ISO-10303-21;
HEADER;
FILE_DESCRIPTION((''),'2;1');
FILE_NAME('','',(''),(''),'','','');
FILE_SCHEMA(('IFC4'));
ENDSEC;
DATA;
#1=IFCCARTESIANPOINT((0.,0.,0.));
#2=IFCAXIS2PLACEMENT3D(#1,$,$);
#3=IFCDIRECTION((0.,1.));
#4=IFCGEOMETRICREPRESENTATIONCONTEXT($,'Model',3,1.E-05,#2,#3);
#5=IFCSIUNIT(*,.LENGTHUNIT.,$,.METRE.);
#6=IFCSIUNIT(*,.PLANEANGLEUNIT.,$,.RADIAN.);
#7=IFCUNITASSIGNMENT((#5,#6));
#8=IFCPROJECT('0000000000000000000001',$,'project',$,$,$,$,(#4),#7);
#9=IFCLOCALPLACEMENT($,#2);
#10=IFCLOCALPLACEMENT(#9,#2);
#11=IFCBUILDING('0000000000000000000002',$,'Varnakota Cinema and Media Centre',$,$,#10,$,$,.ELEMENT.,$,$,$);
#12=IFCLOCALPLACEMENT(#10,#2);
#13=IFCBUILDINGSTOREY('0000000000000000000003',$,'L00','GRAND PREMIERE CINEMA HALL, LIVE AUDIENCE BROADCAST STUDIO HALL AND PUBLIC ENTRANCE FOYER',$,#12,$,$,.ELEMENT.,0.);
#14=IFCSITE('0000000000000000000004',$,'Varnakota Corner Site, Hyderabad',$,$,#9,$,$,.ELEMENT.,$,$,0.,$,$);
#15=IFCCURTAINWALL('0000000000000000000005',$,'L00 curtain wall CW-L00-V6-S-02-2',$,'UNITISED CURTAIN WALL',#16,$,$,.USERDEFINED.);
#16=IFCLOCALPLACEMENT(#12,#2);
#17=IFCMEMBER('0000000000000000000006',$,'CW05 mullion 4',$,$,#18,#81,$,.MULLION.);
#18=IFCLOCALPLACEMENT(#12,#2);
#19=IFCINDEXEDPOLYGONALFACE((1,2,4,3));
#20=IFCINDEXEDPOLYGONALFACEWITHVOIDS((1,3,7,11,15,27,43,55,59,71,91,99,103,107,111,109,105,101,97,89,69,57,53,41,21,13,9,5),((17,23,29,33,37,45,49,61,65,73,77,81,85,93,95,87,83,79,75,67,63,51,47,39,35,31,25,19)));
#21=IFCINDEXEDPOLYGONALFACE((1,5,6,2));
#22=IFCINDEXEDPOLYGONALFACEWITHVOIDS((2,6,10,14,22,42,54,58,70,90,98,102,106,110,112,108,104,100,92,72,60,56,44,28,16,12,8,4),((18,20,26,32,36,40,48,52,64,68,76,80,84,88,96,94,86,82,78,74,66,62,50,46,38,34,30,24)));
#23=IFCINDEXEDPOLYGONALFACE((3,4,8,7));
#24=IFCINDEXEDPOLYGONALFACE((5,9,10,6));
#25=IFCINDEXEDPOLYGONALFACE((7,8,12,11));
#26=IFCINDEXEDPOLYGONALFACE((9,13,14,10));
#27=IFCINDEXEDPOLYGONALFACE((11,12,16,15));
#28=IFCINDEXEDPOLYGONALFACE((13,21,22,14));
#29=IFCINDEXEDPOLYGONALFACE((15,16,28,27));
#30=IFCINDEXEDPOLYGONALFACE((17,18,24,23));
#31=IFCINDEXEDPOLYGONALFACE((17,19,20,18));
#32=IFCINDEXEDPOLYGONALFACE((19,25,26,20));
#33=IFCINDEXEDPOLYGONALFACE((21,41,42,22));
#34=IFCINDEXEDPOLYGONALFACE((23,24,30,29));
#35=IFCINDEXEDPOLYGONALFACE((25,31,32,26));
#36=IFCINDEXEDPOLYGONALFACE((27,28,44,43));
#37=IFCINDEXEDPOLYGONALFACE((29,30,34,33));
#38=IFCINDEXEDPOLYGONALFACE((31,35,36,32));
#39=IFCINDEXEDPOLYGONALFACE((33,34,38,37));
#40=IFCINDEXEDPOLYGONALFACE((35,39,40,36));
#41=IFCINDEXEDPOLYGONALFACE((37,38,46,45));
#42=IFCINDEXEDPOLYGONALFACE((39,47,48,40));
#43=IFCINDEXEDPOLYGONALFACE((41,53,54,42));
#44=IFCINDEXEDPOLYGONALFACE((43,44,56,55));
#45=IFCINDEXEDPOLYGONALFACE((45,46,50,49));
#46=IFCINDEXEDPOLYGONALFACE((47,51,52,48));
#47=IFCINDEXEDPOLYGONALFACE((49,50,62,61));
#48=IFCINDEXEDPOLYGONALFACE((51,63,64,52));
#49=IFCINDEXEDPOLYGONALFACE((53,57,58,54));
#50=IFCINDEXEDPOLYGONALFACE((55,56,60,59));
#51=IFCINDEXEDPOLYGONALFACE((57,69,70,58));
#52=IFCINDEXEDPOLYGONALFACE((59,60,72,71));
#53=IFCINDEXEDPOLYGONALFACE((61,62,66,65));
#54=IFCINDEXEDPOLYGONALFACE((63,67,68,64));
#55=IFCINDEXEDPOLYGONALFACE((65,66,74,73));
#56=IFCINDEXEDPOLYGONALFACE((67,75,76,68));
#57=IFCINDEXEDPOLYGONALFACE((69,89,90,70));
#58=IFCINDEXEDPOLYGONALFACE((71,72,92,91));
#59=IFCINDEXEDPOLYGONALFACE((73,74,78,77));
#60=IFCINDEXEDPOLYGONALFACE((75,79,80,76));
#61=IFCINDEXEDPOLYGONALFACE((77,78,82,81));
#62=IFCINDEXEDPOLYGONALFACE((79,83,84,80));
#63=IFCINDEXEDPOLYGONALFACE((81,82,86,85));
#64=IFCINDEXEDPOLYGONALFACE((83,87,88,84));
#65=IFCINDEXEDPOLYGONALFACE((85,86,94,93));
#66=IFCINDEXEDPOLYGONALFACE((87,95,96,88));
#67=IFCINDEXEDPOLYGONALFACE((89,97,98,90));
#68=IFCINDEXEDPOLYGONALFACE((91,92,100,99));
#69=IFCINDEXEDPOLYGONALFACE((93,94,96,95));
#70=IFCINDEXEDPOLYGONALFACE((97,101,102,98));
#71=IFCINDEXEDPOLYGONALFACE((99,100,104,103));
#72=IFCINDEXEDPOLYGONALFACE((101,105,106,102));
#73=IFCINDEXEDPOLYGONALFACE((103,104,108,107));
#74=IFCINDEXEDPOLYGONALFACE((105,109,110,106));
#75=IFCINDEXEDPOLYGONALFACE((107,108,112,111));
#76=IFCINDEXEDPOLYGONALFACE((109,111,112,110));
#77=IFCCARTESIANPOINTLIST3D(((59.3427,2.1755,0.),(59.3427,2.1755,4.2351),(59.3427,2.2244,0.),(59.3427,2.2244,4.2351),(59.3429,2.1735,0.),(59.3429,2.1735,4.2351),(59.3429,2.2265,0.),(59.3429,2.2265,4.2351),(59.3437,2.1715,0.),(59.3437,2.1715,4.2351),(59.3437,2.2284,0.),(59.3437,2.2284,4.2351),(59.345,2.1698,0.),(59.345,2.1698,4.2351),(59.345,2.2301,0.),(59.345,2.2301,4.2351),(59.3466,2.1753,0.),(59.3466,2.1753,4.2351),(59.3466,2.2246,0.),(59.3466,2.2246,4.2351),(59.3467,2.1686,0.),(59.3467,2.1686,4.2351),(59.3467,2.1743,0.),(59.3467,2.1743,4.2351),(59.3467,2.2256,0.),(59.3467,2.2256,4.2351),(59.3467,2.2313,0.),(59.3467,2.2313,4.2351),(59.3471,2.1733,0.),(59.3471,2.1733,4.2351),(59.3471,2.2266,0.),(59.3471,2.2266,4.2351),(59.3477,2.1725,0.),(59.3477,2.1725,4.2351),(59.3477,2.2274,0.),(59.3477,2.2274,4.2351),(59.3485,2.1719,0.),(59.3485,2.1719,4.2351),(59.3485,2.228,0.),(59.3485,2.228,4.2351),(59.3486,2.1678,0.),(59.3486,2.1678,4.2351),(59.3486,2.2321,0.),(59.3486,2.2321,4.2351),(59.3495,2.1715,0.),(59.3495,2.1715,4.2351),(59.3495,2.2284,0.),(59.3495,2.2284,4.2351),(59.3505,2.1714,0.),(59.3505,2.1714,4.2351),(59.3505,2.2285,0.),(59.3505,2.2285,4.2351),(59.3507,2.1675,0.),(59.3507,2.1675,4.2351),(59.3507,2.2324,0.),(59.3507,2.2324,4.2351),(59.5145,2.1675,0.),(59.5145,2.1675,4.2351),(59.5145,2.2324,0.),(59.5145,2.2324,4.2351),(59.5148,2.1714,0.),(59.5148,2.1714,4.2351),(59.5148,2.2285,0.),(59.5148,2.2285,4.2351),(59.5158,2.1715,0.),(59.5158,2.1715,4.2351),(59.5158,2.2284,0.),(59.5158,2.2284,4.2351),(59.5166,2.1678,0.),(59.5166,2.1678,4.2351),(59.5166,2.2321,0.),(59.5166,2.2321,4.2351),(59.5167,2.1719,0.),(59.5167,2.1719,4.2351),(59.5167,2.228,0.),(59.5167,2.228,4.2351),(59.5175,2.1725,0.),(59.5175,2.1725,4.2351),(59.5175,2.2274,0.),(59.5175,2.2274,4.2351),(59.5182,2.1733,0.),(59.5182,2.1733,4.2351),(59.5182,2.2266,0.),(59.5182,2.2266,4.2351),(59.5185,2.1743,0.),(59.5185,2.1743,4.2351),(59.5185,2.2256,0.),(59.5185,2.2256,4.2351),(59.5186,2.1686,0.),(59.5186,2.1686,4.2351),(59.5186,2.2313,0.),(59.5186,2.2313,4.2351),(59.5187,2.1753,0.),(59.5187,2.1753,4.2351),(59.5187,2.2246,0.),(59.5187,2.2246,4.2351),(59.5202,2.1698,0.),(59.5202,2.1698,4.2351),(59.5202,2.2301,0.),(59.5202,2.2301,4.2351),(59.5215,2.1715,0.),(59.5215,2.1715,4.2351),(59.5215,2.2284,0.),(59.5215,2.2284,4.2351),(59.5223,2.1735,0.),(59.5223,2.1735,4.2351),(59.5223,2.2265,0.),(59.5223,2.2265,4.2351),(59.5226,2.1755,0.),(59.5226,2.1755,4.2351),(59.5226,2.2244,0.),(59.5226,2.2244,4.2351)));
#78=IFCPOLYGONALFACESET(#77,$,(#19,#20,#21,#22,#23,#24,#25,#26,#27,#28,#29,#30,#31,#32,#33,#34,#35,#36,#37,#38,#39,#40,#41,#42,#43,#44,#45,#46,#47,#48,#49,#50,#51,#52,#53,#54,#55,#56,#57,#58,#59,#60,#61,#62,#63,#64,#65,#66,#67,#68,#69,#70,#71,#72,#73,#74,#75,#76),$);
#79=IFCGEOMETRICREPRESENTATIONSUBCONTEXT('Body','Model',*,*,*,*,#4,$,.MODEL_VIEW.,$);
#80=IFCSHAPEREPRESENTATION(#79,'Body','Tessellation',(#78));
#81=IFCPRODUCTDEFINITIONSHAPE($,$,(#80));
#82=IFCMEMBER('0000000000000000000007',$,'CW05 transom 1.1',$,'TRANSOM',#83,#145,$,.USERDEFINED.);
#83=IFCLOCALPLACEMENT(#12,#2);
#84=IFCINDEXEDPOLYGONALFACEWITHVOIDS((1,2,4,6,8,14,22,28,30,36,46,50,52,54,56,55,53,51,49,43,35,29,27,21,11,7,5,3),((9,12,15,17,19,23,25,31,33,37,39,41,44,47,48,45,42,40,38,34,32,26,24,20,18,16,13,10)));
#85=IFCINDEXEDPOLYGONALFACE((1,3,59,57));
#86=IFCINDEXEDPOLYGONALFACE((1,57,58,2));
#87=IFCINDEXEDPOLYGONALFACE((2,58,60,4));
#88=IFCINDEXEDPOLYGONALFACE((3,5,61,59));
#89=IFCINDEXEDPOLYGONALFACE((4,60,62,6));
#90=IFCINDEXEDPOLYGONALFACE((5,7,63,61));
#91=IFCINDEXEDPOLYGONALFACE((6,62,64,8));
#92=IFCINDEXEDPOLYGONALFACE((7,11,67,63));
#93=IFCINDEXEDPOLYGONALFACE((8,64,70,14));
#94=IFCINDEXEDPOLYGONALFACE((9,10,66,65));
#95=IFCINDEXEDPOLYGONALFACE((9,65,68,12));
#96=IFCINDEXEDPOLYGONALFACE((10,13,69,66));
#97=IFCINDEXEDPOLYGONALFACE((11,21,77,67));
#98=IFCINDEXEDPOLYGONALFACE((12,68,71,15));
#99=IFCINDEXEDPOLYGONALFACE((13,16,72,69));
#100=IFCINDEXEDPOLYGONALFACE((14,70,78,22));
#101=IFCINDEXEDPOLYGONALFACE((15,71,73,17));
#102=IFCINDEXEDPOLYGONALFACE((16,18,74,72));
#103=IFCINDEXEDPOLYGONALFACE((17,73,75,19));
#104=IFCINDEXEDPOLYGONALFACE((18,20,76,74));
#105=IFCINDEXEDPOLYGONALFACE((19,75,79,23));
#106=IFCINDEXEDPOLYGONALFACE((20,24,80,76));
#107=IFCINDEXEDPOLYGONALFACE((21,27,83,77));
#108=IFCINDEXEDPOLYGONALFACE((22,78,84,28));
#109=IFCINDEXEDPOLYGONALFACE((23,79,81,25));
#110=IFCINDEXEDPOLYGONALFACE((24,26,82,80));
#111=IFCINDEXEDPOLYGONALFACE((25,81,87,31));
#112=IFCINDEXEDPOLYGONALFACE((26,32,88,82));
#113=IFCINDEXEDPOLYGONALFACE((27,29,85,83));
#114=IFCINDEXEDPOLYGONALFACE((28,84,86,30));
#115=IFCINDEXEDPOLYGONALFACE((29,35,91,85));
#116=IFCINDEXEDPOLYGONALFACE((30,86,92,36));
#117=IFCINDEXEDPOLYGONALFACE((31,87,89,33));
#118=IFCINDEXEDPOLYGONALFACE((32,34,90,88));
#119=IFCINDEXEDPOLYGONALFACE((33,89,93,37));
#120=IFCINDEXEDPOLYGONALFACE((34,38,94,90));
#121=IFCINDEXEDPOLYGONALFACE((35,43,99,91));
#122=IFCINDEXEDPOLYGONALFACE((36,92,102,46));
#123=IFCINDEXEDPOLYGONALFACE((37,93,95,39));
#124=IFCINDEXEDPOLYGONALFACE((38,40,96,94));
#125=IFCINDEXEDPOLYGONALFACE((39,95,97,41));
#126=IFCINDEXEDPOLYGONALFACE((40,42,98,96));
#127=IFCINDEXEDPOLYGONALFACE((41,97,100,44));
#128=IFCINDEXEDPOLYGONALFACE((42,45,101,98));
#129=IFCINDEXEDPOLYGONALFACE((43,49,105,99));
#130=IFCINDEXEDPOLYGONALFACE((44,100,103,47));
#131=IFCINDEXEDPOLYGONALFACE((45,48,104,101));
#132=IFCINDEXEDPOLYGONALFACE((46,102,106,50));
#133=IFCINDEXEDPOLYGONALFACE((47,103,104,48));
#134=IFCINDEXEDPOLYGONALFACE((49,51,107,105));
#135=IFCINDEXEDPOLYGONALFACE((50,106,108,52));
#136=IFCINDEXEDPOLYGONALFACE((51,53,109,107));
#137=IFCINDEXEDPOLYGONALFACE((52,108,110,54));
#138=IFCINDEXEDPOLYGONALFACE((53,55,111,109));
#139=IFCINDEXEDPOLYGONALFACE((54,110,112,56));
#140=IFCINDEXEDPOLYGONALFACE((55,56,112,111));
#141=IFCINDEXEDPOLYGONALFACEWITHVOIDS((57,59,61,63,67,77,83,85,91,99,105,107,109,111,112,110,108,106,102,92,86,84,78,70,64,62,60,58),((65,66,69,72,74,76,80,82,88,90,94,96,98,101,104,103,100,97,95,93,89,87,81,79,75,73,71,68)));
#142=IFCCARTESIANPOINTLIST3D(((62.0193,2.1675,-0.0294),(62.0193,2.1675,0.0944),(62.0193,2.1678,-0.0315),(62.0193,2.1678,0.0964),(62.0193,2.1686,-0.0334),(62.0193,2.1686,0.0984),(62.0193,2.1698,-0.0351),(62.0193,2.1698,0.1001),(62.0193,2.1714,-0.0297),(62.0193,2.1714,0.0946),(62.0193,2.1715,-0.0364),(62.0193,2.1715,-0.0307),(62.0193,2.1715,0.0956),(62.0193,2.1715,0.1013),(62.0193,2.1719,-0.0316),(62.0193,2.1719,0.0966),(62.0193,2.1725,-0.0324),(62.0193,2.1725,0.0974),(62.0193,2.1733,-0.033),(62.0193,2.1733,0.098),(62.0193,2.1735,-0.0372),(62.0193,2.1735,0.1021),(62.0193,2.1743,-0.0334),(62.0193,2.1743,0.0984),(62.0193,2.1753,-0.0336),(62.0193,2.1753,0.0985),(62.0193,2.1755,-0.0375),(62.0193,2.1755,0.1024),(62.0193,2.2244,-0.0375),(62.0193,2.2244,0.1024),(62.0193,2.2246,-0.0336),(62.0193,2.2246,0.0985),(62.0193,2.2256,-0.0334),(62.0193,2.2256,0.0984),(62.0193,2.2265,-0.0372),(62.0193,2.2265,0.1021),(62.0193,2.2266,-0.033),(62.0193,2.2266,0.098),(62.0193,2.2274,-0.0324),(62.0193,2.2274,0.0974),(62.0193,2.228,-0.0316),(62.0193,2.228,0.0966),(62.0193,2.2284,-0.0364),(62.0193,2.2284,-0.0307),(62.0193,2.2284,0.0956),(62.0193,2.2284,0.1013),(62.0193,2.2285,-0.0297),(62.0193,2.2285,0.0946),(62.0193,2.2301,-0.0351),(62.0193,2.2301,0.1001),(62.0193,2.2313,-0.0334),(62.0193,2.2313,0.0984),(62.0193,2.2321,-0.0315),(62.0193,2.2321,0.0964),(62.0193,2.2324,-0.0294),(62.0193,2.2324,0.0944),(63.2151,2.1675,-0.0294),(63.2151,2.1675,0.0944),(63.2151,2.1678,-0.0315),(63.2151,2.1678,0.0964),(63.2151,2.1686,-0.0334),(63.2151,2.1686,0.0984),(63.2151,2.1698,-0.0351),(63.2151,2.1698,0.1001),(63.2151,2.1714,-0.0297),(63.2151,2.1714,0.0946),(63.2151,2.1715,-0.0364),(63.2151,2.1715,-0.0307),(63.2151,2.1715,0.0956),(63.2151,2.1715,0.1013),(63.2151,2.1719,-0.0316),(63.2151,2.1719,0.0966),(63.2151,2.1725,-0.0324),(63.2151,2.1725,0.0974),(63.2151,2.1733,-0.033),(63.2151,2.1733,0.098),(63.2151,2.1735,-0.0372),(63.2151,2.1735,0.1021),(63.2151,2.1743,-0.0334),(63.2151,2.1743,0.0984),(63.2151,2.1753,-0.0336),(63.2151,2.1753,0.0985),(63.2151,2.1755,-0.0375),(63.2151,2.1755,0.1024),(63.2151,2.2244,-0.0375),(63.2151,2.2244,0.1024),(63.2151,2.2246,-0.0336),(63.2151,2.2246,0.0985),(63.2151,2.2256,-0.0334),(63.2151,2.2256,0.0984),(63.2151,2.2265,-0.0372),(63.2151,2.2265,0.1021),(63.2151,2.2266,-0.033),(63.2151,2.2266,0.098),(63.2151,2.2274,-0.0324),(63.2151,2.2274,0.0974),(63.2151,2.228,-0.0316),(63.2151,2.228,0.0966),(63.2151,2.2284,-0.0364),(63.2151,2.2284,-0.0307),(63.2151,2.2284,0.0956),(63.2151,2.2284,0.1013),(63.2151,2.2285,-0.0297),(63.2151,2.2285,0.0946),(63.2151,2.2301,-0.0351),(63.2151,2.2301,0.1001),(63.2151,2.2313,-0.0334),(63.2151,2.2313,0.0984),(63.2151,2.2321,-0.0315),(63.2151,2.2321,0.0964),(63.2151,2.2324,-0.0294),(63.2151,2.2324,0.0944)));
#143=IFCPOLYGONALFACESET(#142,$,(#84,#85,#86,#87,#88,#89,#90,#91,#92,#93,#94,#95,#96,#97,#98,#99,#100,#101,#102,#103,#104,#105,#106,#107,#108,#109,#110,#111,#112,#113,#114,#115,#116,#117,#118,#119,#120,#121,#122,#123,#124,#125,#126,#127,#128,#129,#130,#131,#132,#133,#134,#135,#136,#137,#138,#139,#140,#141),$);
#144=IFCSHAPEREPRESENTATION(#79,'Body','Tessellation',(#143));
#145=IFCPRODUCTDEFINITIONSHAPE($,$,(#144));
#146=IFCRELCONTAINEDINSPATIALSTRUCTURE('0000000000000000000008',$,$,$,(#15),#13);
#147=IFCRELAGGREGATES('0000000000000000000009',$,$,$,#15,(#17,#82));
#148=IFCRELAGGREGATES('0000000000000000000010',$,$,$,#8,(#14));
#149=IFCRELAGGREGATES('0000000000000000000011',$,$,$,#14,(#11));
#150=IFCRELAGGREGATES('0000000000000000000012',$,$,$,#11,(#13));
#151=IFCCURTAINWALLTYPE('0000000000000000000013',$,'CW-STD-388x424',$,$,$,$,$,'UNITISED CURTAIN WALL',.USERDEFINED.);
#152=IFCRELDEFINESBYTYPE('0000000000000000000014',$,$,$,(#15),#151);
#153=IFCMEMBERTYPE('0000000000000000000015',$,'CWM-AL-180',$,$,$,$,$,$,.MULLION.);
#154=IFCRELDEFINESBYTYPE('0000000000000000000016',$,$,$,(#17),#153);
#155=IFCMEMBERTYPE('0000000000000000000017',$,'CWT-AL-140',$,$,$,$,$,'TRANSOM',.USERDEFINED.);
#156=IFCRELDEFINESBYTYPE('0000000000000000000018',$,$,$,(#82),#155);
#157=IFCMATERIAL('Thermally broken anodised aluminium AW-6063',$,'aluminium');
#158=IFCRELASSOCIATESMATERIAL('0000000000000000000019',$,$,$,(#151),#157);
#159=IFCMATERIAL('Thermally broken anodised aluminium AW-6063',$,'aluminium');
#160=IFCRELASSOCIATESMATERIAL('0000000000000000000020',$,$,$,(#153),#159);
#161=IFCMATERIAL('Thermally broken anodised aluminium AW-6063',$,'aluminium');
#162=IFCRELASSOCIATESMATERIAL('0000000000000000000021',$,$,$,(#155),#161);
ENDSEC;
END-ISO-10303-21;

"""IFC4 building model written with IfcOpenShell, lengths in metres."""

from ifc_helpers import new_model, si_unit, direction, frame, origin, origin_2d, place, context, subcontext, project, spatial, hollow_rectangle, extrude, material, material_profile, profile_set, type_object, element, aggregate, save


model = new_model("IFC4")

# Units and contexts
model_context = context("Model", 3, precision=1e-05, world=origin(), true_north=direction((0.0, 1.0)))
body_context = subcontext(model_context, "Body", "Model", "MODEL_VIEW")
ifc_project = project(units=[si_unit("LENGTHUNIT", "METRE"), si_unit("PLANEANGLEUNIT", "RADIAN")], contexts=[model_context])

# Site, building, storey
site_placement = place(None, origin())
site = spatial("IfcSite", under=ifc_project, at=site_placement, Name="Varnakota Corner Site, Hyderabad", CompositionType="ELEMENT", RefElevation=0.0)
building_placement = place(site_placement, origin())
building = spatial("IfcBuilding", under=site, at=building_placement, Name="Varnakota Cinema and Media Centre", CompositionType="ELEMENT")
storey_placement = place(building_placement, origin())
storey = spatial("IfcBuildingStorey", under=building, at=storey_placement, Name="L00", Description="GRAND PREMIERE CINEMA HALL, LIVE AUDIENCE BROADCAST STUDIO HALL AND PUBLIC ENTRANCE FOYER", CompositionType="ELEMENT", Elevation=0.0)

# Curtain wall, members
ifc_material_1 = material(Name="Thermally broken anodised aluminium AW-6063", Category="aluminium")
curtain_wall_type = type_object("IfcCurtainWallType", Name="CW-STD-388x424", ElementType="UNITISED CURTAIN WALL", PredefinedType="USERDEFINED", material=ifc_material_1)
curtain_wall_placement = place(storey_placement, origin())
curtain_wall = element("IfcCurtainWall", 1, at=curtain_wall_placement, inside=storey, type_object=curtain_wall_type, Name="L00 curtain wall CW-L00-V6-S-02-2", ObjectType="UNITISED CURTAIN WALL", PredefinedType="USERDEFINED")
ifc_material_2 = material(Name="Thermally broken anodised aluminium AW-6063", Category="aluminium")
ifc_material_profile_1 = material_profile(ifc_material_2, hollow_rectangle(XDim=0.0649, YDim=0.1799, WallThickness=0.0039, InnerFilletRadius=0.0039, OuterFilletRadius=0.0081, at=origin_2d()), Name="AL-MULLION 180x65x4")
ifc_profile_set_1 = profile_set([ifc_material_profile_1], Name="Thermally broken anodised aluminium AW-6063")
member_type_1 = type_object("IfcMemberType", Name="CWM-AL-180", PredefinedType="MULLION", material=ifc_profile_set_1)
member_1_placement = place(storey_placement, frame((59.4326, 2.2, 0.0), z_axis=(0.0, 0.0, 1.0), x_axis=(0.0, -1.0, 0.0)))
member_1 = element("IfcMember", 2, at=member_1_placement, type_object=member_type_1, Name="CW05 mullion 4", PredefinedType="MULLION", context=body_context, shape_type="SweptSolid", body=[
    extrude(hollow_rectangle(XDim=0.0649, YDim=0.1799, WallThickness=0.0039, InnerFilletRadius=0.0039, OuterFilletRadius=0.0081, at=origin_2d()), origin(), (0.0, 0.0, 1.0), 4.2351),
])
ifc_material_3 = material(Name="Thermally broken anodised aluminium AW-6063", Category="aluminium")
ifc_material_profile_2 = material_profile(ifc_material_3, hollow_rectangle(XDim=0.0649, YDim=0.1399, WallThickness=0.0039, InnerFilletRadius=0.0039, OuterFilletRadius=0.0081, at=origin_2d()), Name="AL-TRANSOM 140x65x4")
ifc_profile_set_2 = profile_set([ifc_material_profile_2], Name="Thermally broken anodised aluminium AW-6063")
member_type_2 = type_object("IfcMemberType", Name="CWT-AL-140", ElementType="TRANSOM", PredefinedType="USERDEFINED", material=ifc_profile_set_2)
member_2_placement = place(storey_placement, frame((63.2151, 2.2, 0.0325), z_axis=(-1.0, 0.0, 0.0), x_axis=(0.0, -1.0, 0.0)))
member_2 = element("IfcMember", 3, at=member_2_placement, type_object=member_type_2, Name="CW05 transom 1.1", ObjectType="TRANSOM", PredefinedType="USERDEFINED", context=body_context, shape_type="SweptSolid", body=[
    extrude(hollow_rectangle(XDim=0.0649, YDim=0.1399, WallThickness=0.0039, InnerFilletRadius=0.0039, OuterFilletRadius=0.0081, at=origin_2d()), origin(), (0.0, 0.0, 1.0), 1.1958),
])
aggregate(curtain_wall, [member_1, member_2])

save(model, "model.ifc")
